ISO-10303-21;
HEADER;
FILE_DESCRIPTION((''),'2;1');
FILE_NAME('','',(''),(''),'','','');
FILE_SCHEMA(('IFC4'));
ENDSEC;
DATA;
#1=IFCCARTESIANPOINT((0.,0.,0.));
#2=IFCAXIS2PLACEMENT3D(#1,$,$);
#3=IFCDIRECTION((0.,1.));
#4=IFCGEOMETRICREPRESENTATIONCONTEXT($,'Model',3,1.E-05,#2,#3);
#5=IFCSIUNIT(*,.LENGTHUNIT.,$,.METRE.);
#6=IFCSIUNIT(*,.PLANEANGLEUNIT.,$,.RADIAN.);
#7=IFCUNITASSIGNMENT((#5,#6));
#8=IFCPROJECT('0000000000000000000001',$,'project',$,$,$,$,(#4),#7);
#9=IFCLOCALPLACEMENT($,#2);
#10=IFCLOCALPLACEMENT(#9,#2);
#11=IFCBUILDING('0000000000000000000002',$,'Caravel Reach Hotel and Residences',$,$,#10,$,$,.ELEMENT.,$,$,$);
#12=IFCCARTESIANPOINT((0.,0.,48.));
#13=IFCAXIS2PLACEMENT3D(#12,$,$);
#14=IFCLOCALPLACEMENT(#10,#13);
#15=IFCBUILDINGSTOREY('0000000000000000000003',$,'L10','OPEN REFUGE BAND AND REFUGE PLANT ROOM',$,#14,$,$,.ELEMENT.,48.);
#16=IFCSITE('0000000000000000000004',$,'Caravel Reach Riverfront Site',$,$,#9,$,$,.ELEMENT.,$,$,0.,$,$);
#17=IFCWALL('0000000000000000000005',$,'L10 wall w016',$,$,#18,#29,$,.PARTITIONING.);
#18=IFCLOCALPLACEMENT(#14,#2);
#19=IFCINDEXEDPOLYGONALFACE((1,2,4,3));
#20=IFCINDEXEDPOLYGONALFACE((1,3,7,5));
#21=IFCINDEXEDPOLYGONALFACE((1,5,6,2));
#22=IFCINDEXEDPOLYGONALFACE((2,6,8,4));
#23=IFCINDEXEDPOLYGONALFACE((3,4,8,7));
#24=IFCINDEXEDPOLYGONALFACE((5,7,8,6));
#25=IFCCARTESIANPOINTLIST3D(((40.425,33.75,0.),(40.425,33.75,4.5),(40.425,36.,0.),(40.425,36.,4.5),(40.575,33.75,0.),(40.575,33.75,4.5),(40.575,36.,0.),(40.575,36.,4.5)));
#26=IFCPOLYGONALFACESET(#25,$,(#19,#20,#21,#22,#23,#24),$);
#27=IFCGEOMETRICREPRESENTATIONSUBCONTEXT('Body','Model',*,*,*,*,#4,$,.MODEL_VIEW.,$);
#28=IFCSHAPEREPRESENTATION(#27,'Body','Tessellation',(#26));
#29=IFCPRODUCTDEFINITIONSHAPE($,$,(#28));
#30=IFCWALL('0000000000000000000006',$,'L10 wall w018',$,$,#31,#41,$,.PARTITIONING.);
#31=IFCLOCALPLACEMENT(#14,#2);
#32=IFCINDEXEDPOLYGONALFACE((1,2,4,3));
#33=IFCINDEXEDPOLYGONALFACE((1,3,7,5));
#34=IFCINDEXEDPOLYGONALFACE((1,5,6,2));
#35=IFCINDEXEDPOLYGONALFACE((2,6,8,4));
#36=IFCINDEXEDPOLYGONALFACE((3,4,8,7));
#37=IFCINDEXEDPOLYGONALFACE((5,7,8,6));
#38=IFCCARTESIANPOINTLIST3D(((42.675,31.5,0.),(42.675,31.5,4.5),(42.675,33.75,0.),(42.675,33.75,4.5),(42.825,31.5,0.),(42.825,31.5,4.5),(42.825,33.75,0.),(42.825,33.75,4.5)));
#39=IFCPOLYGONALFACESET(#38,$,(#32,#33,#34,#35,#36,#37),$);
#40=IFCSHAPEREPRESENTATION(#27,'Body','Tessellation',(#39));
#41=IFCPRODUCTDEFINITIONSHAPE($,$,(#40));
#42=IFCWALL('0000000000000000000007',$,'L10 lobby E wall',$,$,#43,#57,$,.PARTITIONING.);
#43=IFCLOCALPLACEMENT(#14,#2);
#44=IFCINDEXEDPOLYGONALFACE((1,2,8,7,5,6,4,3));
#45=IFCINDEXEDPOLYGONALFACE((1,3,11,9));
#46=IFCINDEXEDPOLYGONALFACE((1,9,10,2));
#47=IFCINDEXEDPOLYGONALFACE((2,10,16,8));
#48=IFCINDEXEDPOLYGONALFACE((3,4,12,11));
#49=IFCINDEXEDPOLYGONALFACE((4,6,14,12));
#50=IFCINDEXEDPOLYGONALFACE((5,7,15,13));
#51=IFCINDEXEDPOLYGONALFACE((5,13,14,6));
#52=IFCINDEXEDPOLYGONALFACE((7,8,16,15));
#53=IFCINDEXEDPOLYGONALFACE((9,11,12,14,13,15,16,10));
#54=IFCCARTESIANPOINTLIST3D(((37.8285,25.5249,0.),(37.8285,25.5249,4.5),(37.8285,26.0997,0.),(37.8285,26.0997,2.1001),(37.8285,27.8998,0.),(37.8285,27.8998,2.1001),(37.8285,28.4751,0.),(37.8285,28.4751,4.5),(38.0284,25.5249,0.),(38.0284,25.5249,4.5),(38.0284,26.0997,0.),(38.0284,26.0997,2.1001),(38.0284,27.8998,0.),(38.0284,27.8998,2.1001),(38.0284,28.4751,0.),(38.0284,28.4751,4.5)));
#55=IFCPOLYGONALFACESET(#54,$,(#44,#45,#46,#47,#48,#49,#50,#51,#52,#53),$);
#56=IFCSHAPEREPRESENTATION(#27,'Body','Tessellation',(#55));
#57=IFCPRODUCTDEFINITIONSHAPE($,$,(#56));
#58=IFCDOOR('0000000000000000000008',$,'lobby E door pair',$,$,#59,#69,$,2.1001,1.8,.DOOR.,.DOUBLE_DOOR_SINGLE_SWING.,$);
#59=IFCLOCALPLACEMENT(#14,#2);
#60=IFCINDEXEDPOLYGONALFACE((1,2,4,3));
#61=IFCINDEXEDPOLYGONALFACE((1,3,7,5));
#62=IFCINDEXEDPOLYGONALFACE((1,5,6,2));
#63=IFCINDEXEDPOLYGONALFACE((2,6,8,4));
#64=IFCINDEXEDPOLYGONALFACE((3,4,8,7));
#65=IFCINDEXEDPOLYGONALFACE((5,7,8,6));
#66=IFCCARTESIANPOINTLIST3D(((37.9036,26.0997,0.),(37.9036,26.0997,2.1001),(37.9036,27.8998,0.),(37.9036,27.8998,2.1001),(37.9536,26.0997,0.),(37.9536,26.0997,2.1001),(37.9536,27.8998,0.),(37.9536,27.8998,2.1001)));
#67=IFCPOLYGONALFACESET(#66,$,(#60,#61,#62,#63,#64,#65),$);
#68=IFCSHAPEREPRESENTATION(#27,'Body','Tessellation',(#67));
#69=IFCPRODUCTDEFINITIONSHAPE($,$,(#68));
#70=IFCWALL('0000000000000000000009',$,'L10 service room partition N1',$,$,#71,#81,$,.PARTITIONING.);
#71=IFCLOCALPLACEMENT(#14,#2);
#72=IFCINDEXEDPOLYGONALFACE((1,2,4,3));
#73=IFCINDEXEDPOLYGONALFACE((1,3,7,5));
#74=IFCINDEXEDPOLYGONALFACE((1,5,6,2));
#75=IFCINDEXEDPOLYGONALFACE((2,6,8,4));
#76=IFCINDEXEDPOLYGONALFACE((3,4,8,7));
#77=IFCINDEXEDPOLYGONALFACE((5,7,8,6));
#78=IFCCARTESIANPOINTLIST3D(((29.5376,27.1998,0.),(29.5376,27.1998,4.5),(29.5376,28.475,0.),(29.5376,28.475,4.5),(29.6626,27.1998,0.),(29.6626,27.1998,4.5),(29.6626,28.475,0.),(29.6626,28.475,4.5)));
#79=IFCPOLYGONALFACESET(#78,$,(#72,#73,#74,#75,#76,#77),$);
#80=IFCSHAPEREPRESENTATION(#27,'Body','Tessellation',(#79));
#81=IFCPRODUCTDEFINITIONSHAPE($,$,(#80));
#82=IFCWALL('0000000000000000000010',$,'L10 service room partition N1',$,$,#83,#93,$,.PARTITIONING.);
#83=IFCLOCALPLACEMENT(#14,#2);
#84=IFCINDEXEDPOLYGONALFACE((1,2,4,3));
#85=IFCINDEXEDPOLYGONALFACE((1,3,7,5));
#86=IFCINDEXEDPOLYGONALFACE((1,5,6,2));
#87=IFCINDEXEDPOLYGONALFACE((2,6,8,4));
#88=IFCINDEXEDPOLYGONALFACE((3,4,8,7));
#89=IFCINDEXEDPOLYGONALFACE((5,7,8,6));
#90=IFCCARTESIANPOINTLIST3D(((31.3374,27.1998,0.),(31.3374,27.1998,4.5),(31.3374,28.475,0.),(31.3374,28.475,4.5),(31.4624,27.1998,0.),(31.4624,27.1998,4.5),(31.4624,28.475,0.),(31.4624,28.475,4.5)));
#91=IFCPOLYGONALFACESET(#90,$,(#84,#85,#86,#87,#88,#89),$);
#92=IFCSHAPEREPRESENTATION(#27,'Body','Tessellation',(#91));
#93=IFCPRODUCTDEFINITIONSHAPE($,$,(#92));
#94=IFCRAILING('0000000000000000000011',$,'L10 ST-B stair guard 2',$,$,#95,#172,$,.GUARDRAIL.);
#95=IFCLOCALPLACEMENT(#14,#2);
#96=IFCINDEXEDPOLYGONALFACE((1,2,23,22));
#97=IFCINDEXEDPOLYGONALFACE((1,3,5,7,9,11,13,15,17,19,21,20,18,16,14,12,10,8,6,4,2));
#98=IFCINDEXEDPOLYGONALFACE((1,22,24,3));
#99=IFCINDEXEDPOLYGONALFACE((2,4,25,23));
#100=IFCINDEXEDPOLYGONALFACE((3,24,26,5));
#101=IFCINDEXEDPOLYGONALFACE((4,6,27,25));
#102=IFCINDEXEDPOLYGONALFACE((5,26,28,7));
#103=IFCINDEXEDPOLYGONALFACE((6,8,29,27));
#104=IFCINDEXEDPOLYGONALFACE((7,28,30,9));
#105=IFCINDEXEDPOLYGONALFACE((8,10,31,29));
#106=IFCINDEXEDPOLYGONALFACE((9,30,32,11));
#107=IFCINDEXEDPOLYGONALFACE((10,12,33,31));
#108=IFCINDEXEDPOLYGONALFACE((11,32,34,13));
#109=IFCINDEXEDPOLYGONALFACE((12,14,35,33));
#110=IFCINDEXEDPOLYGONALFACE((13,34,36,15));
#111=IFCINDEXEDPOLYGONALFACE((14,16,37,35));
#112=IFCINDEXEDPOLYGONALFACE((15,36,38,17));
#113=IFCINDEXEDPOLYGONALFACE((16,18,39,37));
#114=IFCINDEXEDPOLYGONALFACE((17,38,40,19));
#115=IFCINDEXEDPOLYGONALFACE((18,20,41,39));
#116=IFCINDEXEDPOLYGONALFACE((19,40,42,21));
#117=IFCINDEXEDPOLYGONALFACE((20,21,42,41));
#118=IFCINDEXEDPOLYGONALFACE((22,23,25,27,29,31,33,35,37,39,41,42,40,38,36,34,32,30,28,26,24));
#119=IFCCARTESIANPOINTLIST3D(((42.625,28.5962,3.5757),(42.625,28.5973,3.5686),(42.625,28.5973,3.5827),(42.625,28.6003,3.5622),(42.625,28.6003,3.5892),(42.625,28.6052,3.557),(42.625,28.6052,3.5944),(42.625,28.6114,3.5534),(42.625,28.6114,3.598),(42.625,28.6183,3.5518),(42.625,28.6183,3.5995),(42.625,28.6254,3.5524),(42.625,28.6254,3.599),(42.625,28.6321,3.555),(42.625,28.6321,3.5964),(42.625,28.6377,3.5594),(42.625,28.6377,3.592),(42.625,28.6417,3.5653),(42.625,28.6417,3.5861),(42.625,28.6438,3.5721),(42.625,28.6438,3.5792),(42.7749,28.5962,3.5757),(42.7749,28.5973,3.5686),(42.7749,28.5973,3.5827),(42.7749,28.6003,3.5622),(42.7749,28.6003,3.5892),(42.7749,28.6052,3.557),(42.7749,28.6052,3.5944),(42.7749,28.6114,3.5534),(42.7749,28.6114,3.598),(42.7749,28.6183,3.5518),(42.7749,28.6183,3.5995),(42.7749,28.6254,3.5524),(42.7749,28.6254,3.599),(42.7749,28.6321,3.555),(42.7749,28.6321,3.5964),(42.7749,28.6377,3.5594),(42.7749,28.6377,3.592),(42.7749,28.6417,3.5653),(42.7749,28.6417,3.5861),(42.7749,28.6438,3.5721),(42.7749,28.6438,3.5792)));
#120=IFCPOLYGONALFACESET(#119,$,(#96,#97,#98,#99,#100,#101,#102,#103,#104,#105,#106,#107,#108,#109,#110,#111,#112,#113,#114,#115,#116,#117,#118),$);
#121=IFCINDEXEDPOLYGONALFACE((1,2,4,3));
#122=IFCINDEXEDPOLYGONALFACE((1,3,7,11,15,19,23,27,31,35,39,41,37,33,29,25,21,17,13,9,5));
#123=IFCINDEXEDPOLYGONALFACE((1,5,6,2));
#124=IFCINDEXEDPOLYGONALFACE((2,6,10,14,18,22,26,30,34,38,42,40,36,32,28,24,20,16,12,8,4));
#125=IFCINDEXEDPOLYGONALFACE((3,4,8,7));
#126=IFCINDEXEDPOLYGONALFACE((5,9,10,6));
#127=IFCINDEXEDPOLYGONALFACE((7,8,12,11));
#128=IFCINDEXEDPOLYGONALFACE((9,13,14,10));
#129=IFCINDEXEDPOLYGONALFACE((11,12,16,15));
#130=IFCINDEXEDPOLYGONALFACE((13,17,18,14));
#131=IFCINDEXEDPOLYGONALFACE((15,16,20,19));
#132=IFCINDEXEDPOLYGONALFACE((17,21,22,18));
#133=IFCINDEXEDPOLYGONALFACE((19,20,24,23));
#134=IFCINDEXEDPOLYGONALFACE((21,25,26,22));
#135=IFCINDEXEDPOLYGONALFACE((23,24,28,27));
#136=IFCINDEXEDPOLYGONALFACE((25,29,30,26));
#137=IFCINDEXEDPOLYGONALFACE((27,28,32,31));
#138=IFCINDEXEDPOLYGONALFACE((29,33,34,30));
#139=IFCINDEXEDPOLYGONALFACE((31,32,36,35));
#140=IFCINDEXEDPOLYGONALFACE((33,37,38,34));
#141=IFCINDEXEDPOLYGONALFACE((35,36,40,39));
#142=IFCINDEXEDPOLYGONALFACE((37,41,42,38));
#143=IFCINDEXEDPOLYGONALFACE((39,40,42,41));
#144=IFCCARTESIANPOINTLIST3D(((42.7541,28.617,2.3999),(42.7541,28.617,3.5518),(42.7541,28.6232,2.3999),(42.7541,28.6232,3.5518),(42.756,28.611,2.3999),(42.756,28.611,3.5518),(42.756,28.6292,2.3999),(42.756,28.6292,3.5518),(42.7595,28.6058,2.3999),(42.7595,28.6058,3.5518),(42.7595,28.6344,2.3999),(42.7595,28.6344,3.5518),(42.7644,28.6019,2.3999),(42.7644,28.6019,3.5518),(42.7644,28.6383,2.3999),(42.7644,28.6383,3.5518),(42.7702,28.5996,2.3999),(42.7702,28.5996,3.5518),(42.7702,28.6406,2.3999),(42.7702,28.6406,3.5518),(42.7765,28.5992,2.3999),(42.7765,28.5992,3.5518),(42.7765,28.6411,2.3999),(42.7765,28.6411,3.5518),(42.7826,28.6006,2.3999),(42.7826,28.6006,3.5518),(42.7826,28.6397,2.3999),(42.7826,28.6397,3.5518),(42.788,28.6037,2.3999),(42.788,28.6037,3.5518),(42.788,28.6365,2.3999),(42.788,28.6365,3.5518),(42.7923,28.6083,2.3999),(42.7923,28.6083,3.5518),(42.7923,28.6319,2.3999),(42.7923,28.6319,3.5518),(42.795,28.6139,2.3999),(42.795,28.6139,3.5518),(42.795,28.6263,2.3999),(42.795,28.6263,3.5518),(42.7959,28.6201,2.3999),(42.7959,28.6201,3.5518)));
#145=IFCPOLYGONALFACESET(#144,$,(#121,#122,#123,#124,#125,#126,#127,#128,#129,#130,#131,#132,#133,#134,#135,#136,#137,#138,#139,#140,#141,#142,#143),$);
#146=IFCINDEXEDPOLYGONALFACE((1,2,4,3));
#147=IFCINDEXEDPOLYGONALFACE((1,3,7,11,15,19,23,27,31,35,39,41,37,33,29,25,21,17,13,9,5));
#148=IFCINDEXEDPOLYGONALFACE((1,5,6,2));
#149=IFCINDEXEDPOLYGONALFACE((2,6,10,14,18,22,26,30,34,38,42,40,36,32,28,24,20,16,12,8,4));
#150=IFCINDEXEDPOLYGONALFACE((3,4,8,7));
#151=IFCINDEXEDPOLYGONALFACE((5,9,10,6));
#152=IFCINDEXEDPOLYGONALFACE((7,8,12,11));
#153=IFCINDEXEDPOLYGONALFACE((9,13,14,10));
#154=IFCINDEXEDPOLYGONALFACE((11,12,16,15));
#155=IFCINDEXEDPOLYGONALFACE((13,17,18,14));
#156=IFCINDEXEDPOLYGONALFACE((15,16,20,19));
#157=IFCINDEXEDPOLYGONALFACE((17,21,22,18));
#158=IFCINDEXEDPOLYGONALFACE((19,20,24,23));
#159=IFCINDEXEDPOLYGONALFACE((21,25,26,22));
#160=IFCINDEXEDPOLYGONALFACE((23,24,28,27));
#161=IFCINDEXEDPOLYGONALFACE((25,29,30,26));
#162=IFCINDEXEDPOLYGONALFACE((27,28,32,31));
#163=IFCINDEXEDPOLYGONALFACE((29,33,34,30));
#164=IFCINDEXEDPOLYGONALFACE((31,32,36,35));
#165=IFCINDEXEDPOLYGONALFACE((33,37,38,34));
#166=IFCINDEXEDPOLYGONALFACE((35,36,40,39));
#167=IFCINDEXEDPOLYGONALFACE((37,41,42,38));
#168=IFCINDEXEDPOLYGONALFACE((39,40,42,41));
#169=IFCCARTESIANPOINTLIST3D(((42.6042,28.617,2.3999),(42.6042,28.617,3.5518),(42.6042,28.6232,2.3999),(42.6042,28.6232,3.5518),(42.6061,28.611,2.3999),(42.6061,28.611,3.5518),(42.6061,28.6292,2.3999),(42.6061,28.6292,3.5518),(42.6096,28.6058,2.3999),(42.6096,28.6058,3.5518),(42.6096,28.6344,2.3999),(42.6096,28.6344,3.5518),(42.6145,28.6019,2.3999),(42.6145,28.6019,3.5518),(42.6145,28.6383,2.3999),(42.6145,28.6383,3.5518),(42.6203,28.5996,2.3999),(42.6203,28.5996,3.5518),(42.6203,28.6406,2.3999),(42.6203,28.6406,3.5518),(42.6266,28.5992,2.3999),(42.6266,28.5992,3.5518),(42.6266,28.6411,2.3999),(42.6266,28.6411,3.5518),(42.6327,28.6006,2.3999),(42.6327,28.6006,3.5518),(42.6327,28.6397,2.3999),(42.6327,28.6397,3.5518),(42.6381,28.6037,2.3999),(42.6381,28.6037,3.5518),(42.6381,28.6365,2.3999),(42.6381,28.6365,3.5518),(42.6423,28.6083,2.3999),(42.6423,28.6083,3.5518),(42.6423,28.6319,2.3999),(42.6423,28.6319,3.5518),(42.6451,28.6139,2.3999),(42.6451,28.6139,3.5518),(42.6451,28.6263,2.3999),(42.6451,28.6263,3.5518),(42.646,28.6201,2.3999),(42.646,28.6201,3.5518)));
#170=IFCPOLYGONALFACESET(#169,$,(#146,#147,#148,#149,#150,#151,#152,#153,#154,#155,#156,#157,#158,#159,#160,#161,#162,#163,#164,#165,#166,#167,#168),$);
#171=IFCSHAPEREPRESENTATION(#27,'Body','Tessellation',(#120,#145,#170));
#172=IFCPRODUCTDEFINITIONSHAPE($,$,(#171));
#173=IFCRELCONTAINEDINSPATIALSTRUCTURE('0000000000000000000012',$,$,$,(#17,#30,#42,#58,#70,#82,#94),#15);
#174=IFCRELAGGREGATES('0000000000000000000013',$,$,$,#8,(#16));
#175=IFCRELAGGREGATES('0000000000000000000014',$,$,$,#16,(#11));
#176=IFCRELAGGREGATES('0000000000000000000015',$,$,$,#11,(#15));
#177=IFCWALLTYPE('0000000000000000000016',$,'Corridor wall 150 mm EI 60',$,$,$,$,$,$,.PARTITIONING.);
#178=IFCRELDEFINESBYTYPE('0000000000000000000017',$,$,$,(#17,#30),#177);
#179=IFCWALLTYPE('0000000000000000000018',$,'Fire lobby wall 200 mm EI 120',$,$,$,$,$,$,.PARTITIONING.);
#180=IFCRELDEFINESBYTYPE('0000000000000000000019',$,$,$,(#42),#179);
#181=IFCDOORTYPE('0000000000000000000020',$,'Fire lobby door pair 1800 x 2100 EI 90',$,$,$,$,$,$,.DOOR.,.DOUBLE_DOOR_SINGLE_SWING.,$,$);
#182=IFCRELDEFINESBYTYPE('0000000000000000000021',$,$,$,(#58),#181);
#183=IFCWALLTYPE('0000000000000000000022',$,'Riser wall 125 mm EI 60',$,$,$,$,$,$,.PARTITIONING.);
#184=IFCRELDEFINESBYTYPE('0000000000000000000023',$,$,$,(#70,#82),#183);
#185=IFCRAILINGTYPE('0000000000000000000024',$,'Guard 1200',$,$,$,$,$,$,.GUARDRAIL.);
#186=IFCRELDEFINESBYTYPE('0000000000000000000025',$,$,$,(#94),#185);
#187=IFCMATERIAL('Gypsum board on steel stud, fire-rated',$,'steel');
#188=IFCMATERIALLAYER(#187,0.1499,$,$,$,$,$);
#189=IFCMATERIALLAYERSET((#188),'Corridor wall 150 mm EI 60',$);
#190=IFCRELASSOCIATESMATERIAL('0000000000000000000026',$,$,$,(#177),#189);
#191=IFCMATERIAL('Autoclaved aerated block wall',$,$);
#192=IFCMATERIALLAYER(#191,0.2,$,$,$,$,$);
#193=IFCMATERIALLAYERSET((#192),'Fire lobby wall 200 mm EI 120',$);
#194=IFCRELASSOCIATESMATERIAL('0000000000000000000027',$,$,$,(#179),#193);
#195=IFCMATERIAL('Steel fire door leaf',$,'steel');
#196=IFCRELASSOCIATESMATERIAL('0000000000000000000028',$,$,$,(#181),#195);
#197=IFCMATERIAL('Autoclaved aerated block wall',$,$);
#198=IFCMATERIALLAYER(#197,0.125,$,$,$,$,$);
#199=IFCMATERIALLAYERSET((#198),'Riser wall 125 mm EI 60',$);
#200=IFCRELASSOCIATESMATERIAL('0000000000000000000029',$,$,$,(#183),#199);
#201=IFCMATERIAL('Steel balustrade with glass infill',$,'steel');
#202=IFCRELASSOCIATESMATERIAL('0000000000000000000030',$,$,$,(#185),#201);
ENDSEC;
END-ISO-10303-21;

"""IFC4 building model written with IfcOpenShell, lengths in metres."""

from ifc_helpers import new_model, si_unit, direction, frame, frame_2d, origin, origin_2d, place, context, subcontext, project, spatial, rectangle, circle, extrude, material, layer, layer_set, type_object, element, fill, save


model = new_model("IFC4")

# Units and contexts
model_context = context("Model", 3, precision=1e-05, world=origin(), true_north=direction((0.0, 1.0)))
body_context = subcontext(model_context, "Body", "Model", "MODEL_VIEW")
ifc_project = project(units=[si_unit("LENGTHUNIT", "METRE"), si_unit("PLANEANGLEUNIT", "RADIAN")], contexts=[model_context])

# Site, building, storey
site_placement = place(None, origin())
site = spatial("IfcSite", under=ifc_project, at=site_placement, Name="Caravel Reach Riverfront Site", CompositionType="ELEMENT", RefElevation=0.0)
building_placement = place(site_placement, origin())
building = spatial("IfcBuilding", under=site, at=building_placement, Name="Caravel Reach Hotel and Residences", CompositionType="ELEMENT")
storey_placement = place(building_placement, frame((0.0, 0.0, 48.0)))
storey = spatial("IfcBuildingStorey", under=building, at=storey_placement, Name="L10", Description="OPEN REFUGE BAND AND REFUGE PLANT ROOM", CompositionType="ELEMENT", Elevation=48.0)

# Shared definitions
ifc_material_1 = material(Name="Gypsum board on steel stud, fire-rated", Category="steel")
ifc_layer_1 = layer(ifc_material_1, 0.1499)
ifc_layer_set_1 = layer_set([ifc_layer_1], Name="Corridor wall 150 mm EI 60")
wall_type_1 = type_object("IfcWallType", Name="Corridor wall 150 mm EI 60", PredefinedType="PARTITIONING", material=ifc_layer_set_1)

# Walls
for number, where, z_axis, x_axis, name in (
    (1, (40.5, 33.75, 0.0), (0.0, 0.0, 1.0), (0.0, 1.0, 0.0), "L10 wall w016"),
    (2, (42.75, 31.5, 0.0), (0.0, 0.0, 1.0), (0.0, 1.0, 0.0), "L10 wall w018"),
):
    element("IfcWall", number, at=place(storey_placement, frame(where, z_axis=z_axis, x_axis=x_axis)), inside=storey, type_object=wall_type_1, Name=name, PredefinedType="PARTITIONING", context=body_context, shape_type="SweptSolid", body=[
        extrude(rectangle(XDim=2.25, YDim=0.1499, at=frame_2d((1.125, 0.0))), origin(), (0.0, 0.0, 1.0), 4.5),
    ])

# Wall, opening, door
ifc_material_2 = material(Name="Autoclaved aerated block wall")
ifc_layer_2 = layer(ifc_material_2, 0.2)
ifc_layer_set_2 = layer_set([ifc_layer_2], Name="Fire lobby wall 200 mm EI 120")
wall_type_2 = type_object("IfcWallType", Name="Fire lobby wall 200 mm EI 120", PredefinedType="PARTITIONING", material=ifc_layer_set_2)
wall_1_placement = place(storey_placement, frame((37.9285, 25.5249, 0.0), z_axis=(0.0, 0.0, 1.0), x_axis=(0.0, 1.0, 0.0)))
wall_1 = element("IfcWall", 3, at=wall_1_placement, inside=storey, type_object=wall_type_2, Name="L10 lobby E wall", PredefinedType="PARTITIONING", context=body_context, shape_type="SweptSolid", body=[
    extrude(rectangle(XDim=2.9502, YDim=0.2, at=frame_2d((1.4751, 0.0))), origin(), (0.0, 0.0, 1.0), 4.5),
])
opening_1_placement = place(wall_1_placement, frame((0.575, 0.0, 0.0)))
opening_1 = element("IfcOpeningElement", 4, at=opening_1_placement, cuts=wall_1, PredefinedType="OPENING", context=body_context, shape_type="SweptSolid", body=[
    extrude(rectangle(XDim=1.8, YDim=2.1001, at=frame_2d((0.8999, 1.05))), frame((0.0, 0.1099, 0.0), z_axis=(0.0, -1.0, 0.0), x_axis=(1.0, 0.0, 0.0)), (0.0, 0.0, 1.0), 0.22),
])
ifc_material_3 = material(Name="Steel fire door leaf", Category="steel")
door_type_1 = type_object("IfcDoorType", Name="Fire lobby door pair 1800 x 2100 EI 90", OperationType="DOUBLE_DOOR_SINGLE_SWING", PredefinedType="DOOR", material=ifc_material_3)
door_1_placement = place(opening_1_placement, origin())
door_1 = element("IfcDoor", 5, at=door_1_placement, inside=storey, type_object=door_type_1, Name="lobby E door pair", OperationType="DOUBLE_DOOR_SINGLE_SWING", OverallHeight=2.1001, OverallWidth=1.8, PredefinedType="DOOR", context=body_context, shape_type="SweptSolid", body=[
    extrude(rectangle(XDim=1.8, YDim=2.1001, at=frame_2d((0.8999, 1.05))), frame((0.0, 0.0249, 0.0), z_axis=(0.0, -1.0, 0.0), x_axis=(1.0, 0.0, 0.0)), (0.0, 0.0, 1.0), 0.05),
])
fill(opening_1, door_1)

# Walls
ifc_material_4 = material(Name="Autoclaved aerated block wall")
ifc_layer_3 = layer(ifc_material_4, 0.125)
ifc_layer_set_3 = layer_set([ifc_layer_3], Name="Riser wall 125 mm EI 60")
wall_type_3 = type_object("IfcWallType", Name="Riser wall 125 mm EI 60", PredefinedType="PARTITIONING", material=ifc_layer_set_3)
for number, where, z_axis, x_axis, name in (
    (6, (29.6001, 28.4751, 0.0), (0.0, 0.0, 1.0), (0.0, -1.0, 0.0), "L10 service room partition N1"),
    (7, (31.3999, 28.4751, 0.0), (0.0, 0.0, 1.0), (0.0, -1.0, 0.0), "L10 service room partition N1"),
):
    element("IfcWall", number, at=place(storey_placement, frame(where, z_axis=z_axis, x_axis=x_axis)), inside=storey, type_object=wall_type_3, Name=name, PredefinedType="PARTITIONING", context=body_context, shape_type="SweptSolid", body=[
        extrude(rectangle(XDim=1.2751, YDim=0.125, at=frame_2d((0.6377, 0.0))), origin(), (0.0, 0.0, 1.0), 4.5),
    ])

# Railing
ifc_material_5 = material(Name="Steel balustrade with glass infill", Category="steel")
railing_type_1 = type_object("IfcRailingType", Name="Guard 1200", PredefinedType="GUARDRAIL", material=ifc_material_5)
railing_1_placement = place(storey_placement, frame((42.7749, 28.6201, 2.3999)))
element("IfcRailing", 8, at=railing_1_placement, inside=storey, type_object=railing_type_1, Name="L10 ST-B stair guard 2", PredefinedType="GUARDRAIL", context=body_context, shape_type="SweptSolid", body=[
    extrude(circle(Radius=0.0239, at=origin_2d()), frame((0.0, 0.0, 1.1758), z_axis=(-1.0, 0.0, 0.0), x_axis=(0.0, -1.0, 0.0)), (0.0, 0.0, 1.0), 0.1499),
    extrude(circle(Radius=0.021, at=origin_2d()), origin(), (0.0, 0.0, 1.0), 1.1519),
    extrude(circle(Radius=0.021, at=origin_2d()), frame((-0.1499, 0.0, 0.0)), (0.0, 0.0, 1.0), 1.1519),
])

save(model, "model.ifc")
